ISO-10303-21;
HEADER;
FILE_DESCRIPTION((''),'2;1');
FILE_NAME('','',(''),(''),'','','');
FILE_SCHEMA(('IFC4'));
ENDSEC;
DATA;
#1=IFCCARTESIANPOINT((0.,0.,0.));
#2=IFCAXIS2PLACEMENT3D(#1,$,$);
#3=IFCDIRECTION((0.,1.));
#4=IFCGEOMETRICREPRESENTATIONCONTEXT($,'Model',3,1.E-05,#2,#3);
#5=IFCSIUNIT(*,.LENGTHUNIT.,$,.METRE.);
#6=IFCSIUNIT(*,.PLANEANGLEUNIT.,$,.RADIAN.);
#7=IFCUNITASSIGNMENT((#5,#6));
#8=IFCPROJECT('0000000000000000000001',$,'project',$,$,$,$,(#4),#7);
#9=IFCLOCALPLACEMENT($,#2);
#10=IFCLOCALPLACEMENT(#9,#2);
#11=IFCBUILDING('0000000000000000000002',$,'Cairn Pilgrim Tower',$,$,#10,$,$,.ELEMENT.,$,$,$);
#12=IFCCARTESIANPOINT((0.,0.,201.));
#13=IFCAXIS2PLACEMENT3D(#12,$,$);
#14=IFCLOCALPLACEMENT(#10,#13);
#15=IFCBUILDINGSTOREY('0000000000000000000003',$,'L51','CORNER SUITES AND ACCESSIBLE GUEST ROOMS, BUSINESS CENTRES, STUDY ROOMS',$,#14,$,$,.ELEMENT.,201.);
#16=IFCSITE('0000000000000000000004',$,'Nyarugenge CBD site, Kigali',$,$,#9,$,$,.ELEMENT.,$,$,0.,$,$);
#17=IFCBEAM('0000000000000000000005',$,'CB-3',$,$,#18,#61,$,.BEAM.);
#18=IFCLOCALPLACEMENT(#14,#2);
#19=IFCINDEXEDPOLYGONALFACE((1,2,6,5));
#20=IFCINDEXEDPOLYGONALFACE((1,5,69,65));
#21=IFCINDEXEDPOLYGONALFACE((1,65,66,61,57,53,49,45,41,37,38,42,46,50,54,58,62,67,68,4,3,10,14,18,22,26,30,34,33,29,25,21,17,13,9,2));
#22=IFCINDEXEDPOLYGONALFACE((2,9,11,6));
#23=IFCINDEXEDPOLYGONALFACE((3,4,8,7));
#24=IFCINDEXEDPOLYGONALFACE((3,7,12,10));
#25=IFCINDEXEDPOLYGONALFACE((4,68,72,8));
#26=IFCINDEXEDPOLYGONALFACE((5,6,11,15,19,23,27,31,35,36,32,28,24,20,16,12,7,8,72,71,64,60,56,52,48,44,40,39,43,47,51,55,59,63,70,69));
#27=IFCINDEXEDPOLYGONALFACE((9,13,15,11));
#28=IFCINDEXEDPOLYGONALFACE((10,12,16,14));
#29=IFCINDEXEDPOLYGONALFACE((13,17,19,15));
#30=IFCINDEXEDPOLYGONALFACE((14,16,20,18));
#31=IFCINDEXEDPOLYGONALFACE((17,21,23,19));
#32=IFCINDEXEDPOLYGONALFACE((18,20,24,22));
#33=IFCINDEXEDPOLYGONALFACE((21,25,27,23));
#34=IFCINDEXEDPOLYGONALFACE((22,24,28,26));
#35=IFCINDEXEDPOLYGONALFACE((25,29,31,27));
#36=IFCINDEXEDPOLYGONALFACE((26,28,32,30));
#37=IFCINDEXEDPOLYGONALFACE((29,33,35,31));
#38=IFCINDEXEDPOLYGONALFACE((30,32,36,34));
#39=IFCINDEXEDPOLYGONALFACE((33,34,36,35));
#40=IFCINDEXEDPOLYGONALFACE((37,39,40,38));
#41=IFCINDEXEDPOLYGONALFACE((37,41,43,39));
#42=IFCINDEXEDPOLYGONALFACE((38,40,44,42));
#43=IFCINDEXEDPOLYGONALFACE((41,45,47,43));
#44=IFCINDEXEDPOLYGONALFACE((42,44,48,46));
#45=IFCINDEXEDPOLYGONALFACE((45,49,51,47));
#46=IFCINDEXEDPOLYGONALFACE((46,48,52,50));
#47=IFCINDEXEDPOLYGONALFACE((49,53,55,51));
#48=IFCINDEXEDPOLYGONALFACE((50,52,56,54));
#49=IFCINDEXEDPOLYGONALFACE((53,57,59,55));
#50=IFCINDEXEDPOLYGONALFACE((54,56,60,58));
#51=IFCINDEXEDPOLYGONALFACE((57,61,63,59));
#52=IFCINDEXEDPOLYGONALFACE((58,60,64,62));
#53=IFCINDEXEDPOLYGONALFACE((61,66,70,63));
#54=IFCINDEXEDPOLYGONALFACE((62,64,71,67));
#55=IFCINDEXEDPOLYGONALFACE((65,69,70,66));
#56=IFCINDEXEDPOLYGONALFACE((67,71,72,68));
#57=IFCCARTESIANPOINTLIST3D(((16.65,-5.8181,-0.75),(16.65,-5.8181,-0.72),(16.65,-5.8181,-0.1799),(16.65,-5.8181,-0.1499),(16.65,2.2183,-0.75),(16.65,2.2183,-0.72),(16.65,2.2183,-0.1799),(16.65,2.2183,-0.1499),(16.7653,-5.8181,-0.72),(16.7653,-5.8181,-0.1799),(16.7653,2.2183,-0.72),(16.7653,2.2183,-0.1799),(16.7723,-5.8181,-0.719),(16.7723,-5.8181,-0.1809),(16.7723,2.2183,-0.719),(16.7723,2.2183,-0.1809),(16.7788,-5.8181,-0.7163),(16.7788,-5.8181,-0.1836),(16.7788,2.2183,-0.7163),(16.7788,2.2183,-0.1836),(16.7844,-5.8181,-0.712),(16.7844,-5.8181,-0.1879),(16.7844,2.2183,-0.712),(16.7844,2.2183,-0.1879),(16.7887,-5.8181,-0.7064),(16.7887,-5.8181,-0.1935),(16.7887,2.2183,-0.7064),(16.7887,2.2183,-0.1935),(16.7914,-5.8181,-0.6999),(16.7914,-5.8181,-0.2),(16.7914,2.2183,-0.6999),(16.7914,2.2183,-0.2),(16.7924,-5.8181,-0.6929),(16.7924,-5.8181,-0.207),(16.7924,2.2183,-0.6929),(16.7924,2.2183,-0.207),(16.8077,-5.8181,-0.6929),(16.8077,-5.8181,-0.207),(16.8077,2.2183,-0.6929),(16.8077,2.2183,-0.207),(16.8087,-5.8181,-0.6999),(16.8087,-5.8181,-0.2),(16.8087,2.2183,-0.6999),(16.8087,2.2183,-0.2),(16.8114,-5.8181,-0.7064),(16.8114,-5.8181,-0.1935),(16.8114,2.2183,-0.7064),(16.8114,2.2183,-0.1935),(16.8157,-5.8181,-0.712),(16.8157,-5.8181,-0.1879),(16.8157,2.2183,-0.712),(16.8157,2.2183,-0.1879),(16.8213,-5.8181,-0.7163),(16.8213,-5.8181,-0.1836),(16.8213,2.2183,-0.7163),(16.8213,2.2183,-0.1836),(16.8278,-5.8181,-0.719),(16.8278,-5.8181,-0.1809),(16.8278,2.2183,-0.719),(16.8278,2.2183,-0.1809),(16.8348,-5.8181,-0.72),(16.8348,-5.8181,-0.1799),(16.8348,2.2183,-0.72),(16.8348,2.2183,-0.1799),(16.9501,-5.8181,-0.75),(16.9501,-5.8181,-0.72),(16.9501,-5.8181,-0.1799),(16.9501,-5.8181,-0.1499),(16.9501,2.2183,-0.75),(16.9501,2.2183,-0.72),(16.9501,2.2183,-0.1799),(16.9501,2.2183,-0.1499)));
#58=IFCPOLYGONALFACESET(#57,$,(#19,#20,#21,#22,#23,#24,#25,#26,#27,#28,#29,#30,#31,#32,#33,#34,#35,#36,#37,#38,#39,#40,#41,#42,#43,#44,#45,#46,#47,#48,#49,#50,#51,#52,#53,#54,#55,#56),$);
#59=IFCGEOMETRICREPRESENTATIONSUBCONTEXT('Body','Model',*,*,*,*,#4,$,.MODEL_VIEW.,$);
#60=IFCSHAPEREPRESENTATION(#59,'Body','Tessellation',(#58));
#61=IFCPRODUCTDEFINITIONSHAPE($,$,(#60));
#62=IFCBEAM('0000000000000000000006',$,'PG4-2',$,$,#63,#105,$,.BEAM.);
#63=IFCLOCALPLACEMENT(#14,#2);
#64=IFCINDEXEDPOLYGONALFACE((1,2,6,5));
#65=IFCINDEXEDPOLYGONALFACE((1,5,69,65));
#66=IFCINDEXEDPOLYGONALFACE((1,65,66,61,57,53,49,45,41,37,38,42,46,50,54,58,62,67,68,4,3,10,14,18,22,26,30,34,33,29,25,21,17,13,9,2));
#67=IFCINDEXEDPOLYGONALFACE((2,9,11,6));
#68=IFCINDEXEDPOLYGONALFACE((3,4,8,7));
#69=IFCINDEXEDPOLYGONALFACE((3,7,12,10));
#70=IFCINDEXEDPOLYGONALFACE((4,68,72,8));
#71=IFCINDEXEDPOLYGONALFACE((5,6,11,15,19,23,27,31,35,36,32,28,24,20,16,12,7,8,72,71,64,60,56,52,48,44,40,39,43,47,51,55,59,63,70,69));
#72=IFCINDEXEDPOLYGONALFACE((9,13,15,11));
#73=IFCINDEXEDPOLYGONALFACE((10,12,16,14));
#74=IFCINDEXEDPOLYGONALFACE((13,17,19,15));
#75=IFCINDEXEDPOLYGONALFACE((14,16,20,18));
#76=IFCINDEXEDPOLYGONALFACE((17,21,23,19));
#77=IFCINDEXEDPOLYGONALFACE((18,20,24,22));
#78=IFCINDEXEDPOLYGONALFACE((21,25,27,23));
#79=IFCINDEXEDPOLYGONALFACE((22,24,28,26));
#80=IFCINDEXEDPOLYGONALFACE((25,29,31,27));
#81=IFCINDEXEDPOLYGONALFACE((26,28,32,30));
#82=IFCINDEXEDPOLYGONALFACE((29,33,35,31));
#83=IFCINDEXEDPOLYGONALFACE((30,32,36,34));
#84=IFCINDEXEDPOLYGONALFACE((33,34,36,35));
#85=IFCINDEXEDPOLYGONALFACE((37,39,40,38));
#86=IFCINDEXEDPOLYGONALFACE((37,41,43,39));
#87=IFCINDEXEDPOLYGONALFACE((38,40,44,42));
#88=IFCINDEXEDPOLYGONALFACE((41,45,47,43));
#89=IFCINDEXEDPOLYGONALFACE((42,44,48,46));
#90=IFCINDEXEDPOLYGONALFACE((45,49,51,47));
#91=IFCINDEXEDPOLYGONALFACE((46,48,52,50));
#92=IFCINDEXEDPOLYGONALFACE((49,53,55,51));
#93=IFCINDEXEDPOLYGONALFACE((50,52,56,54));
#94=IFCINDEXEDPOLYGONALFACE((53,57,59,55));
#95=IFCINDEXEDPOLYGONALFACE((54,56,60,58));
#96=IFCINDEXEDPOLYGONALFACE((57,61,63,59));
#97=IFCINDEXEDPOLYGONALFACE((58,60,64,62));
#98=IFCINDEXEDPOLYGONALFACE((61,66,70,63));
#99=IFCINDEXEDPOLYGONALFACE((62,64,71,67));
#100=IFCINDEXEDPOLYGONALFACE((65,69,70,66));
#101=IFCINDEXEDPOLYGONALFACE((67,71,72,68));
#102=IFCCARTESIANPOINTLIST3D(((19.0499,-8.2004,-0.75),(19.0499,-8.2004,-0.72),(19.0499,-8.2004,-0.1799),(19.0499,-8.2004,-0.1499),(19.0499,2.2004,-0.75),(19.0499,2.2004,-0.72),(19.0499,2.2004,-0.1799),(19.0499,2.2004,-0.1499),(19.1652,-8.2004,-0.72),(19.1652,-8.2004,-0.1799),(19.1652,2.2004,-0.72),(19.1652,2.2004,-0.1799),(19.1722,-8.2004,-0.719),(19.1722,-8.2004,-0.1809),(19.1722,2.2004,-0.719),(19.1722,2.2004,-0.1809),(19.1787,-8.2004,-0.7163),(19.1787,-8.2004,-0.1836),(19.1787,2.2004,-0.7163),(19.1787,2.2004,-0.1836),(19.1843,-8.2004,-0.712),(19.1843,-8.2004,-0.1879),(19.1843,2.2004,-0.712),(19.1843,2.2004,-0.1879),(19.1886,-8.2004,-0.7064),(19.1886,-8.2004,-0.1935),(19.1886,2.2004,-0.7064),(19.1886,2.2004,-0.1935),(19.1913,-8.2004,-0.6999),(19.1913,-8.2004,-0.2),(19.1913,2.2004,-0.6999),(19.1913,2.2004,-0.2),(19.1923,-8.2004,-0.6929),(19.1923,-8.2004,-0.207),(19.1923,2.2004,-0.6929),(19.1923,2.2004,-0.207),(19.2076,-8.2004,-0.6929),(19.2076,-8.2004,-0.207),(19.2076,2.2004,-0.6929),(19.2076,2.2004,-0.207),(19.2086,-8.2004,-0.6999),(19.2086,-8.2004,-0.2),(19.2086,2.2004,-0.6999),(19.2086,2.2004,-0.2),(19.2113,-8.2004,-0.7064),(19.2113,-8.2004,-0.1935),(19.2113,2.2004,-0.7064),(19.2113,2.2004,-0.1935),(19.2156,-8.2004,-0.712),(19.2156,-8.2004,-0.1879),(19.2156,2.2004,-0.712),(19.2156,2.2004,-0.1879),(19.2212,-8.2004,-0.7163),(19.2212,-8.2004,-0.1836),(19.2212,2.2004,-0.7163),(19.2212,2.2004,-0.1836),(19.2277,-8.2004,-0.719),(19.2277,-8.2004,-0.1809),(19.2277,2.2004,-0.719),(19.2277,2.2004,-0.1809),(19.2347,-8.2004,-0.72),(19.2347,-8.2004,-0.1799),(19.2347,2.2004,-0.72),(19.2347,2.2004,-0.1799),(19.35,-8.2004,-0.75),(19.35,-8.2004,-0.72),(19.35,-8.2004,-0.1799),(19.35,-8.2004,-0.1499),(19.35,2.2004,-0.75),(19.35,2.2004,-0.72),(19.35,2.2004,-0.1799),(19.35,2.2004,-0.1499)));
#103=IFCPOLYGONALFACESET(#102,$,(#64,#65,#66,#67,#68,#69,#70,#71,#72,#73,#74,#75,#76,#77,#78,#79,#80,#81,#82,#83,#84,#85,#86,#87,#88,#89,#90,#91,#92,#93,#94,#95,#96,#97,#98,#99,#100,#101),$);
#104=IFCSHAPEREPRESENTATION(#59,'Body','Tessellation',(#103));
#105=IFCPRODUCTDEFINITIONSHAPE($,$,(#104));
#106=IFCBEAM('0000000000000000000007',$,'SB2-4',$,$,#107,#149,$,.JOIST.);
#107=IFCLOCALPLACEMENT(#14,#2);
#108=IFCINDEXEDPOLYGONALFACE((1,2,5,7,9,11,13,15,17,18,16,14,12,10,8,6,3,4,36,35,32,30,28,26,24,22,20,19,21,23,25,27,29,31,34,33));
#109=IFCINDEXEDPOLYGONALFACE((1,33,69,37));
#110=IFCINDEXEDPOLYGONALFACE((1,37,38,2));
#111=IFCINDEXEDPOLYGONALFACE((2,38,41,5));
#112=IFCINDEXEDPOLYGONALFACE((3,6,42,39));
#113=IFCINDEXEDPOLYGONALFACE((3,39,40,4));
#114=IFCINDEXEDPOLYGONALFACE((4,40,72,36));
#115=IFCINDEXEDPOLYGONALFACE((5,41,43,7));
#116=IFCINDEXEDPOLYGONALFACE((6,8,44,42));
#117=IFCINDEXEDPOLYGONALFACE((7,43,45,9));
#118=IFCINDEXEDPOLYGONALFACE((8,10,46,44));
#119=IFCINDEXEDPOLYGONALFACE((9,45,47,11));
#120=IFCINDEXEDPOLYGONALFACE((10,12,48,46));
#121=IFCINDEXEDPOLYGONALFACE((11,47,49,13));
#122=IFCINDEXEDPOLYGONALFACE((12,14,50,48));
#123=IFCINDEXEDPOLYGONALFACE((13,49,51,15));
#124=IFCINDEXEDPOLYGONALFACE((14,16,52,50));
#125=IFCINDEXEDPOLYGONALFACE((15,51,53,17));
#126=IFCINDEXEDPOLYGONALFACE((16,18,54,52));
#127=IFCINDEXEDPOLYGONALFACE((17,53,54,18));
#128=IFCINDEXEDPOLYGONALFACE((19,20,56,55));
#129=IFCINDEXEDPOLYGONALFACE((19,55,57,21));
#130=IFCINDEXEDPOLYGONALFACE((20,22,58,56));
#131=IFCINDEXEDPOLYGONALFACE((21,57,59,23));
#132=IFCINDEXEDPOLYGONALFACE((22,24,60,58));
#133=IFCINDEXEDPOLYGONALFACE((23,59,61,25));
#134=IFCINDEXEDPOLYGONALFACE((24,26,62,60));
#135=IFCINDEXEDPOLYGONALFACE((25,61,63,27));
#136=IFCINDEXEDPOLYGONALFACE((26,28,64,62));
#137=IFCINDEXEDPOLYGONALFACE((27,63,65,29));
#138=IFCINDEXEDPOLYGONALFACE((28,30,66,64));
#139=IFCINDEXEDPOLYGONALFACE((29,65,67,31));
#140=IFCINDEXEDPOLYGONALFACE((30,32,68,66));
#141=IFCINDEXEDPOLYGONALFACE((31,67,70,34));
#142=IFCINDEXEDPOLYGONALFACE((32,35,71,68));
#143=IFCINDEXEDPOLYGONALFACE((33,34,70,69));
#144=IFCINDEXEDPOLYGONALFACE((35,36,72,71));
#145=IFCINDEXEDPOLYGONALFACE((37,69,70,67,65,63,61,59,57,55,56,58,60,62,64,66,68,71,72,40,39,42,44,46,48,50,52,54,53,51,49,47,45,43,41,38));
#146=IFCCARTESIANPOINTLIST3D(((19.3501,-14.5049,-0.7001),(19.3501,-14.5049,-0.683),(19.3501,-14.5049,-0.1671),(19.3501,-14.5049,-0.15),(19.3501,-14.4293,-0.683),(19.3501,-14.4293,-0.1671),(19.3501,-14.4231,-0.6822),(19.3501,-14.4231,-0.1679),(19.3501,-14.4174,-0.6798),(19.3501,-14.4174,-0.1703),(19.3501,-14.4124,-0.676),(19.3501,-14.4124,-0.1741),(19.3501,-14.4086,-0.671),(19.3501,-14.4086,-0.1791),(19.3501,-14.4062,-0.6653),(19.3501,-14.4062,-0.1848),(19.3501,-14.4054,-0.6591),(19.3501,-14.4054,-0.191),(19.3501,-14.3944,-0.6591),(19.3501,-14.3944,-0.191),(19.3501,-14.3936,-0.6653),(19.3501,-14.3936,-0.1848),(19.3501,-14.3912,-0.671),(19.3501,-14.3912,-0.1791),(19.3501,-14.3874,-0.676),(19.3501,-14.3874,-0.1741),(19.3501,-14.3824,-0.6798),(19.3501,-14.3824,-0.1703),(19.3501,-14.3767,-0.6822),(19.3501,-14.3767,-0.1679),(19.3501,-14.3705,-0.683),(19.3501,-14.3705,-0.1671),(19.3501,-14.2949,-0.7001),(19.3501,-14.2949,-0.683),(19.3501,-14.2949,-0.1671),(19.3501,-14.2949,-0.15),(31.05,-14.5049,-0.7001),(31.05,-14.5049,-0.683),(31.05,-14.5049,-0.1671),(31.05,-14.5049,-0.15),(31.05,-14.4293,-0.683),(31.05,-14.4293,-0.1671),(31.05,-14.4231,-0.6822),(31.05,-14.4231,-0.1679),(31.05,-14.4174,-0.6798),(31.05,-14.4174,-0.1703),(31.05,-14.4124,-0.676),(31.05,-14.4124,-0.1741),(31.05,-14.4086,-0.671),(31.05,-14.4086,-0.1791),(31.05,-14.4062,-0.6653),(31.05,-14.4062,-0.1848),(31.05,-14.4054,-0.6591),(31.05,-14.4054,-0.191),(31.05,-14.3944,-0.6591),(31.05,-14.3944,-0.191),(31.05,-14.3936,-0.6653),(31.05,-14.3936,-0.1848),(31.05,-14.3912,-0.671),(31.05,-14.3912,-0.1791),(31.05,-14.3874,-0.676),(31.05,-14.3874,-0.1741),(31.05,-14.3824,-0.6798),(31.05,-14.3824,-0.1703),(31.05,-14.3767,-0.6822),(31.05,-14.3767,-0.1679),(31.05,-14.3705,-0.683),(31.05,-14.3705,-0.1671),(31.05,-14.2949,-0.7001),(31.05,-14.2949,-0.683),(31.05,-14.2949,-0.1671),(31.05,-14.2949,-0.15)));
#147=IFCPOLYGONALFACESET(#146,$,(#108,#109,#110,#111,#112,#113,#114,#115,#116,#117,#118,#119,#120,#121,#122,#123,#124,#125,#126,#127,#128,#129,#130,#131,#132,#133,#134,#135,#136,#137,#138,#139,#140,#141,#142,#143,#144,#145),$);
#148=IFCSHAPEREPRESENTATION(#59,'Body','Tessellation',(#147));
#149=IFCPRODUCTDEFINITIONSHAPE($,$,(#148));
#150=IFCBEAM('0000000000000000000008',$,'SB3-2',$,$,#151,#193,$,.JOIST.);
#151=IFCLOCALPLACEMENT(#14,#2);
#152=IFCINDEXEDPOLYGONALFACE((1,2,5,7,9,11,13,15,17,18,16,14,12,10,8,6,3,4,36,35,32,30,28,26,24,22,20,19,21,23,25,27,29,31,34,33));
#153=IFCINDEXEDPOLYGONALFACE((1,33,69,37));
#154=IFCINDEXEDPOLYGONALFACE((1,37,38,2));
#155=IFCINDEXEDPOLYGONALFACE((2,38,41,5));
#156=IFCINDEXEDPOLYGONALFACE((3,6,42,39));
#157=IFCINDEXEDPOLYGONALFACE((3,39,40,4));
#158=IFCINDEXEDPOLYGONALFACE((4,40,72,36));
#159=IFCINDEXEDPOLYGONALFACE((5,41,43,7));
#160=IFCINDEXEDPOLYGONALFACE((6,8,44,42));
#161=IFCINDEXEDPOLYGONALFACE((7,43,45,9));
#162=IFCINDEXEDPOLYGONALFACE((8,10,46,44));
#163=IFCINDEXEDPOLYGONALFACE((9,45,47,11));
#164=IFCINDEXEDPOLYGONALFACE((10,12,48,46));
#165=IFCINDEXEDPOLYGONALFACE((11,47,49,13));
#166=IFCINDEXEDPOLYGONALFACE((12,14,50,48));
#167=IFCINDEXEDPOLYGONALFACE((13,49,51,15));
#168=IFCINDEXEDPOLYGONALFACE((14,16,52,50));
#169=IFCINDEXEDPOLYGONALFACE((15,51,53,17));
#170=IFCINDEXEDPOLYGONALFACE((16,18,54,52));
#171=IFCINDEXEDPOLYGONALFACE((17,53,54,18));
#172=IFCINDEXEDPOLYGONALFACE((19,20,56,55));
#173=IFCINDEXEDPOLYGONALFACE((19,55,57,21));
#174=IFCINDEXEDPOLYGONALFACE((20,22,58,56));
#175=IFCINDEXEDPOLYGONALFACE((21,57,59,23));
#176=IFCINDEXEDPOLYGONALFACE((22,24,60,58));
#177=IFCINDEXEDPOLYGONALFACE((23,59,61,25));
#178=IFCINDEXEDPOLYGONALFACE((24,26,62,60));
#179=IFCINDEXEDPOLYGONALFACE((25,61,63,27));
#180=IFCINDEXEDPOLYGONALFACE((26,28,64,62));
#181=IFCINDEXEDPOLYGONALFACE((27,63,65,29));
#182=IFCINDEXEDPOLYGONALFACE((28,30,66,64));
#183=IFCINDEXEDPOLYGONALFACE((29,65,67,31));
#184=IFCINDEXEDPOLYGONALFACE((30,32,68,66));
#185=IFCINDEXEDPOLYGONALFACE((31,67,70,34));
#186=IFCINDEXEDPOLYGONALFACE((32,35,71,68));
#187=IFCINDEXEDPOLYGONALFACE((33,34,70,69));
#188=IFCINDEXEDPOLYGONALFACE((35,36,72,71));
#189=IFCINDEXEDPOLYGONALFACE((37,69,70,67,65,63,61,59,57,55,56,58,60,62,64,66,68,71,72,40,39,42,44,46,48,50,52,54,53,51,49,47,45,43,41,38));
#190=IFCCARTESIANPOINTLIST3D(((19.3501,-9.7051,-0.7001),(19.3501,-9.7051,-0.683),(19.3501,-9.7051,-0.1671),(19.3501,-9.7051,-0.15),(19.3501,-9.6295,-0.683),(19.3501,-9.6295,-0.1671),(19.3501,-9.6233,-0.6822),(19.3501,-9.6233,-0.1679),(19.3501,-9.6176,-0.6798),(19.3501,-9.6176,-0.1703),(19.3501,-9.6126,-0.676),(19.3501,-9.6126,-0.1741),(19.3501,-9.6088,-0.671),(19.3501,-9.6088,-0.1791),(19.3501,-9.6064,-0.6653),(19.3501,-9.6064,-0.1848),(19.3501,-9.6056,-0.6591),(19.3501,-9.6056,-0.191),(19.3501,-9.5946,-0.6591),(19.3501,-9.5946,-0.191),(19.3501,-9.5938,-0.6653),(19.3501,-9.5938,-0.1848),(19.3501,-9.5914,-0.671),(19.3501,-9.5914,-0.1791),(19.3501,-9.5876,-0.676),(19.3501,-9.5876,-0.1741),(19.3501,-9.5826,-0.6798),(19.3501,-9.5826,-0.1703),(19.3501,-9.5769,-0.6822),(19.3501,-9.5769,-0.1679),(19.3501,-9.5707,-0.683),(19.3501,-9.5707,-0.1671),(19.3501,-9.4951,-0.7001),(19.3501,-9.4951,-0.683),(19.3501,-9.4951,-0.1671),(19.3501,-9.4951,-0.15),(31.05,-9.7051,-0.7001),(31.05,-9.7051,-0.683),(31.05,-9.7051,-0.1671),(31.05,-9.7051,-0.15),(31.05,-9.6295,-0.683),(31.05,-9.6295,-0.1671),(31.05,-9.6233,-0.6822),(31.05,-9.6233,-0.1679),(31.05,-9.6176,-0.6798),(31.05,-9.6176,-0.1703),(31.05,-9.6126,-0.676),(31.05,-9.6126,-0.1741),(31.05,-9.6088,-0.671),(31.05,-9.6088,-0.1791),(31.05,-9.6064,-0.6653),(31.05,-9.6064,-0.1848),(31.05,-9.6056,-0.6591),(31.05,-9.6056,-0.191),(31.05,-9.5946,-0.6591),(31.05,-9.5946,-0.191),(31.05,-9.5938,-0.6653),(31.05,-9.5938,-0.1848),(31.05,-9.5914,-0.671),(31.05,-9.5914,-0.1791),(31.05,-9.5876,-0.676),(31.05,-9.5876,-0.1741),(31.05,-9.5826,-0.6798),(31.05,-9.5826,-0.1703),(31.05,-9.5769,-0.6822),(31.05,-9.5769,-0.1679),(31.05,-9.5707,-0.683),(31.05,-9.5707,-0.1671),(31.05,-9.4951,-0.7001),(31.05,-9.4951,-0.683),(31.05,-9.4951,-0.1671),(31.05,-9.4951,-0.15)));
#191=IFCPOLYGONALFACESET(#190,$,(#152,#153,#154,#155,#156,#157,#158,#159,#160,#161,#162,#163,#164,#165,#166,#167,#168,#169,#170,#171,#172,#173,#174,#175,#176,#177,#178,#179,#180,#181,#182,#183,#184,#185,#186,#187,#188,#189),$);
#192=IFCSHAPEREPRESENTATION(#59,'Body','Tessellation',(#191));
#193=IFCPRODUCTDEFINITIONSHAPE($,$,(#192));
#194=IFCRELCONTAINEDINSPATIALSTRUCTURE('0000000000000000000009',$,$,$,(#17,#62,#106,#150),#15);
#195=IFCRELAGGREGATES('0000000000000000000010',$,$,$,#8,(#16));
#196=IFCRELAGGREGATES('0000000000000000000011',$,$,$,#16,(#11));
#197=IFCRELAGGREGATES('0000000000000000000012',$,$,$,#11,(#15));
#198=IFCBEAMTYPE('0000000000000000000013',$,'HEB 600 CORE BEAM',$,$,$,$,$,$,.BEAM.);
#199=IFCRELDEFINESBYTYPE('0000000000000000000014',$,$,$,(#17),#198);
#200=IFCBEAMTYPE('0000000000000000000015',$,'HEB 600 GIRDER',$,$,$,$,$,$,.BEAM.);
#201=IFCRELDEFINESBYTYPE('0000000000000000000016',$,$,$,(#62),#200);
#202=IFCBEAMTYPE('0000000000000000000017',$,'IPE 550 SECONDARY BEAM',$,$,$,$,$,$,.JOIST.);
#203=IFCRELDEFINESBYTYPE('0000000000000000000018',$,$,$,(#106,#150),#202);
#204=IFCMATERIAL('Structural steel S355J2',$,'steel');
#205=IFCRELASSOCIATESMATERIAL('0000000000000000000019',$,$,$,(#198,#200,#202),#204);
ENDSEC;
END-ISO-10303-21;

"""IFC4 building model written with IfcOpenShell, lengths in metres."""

from ifc_helpers import new_model, si_unit, direction, frame, origin, origin_2d, place, context, subcontext, project, spatial, i_section, extrude, material, material_profile, profile_set, type_object, element, save


model = new_model("IFC4")

# Units and contexts
model_context = context("Model", 3, precision=1e-05, world=origin(), true_north=direction((0.0, 1.0)))
body_context = subcontext(model_context, "Body", "Model", "MODEL_VIEW")
ifc_project = project(units=[si_unit("LENGTHUNIT", "METRE"), si_unit("PLANEANGLEUNIT", "RADIAN")], contexts=[model_context])

# Site, building, storey
site_placement = place(None, origin())
site = spatial("IfcSite", under=ifc_project, at=site_placement, Name="Nyarugenge CBD site, Kigali", CompositionType="ELEMENT", RefElevation=0.0)
building_placement = place(site_placement, origin())
building = spatial("IfcBuilding", under=site, at=building_placement, Name="Cairn Pilgrim Tower", CompositionType="ELEMENT")
storey_placement = place(building_placement, frame((0.0, 0.0, 201.0)))
storey = spatial("IfcBuildingStorey", under=building, at=storey_placement, Name="L51", Description="CORNER SUITES AND ACCESSIBLE GUEST ROOMS, BUSINESS CENTRES, STUDY ROOMS", CompositionType="ELEMENT", Elevation=201.0)

# Shared definitions
ifc_material_1 = material(Name="Structural steel S355J2", Category="steel")

# Beams
ifc_material_profile_1 = material_profile(ifc_material_1, i_section(OverallWidth=0.3, OverallDepth=0.6001, WebThickness=0.0154, FlangeThickness=0.03, FilletRadius=0.0271, at=origin_2d()), Name="HEB 600")
ifc_profile_set_1 = profile_set([ifc_material_profile_1], Name="Structural steel S355J2")
beam_type_1 = type_object("IfcBeamType", Name="HEB 600 CORE BEAM", PredefinedType="BEAM", material=ifc_profile_set_1)
beam_1_placement = place(storey_placement, frame((16.8, -5.8181, -0.45), z_axis=(0.0, 1.0, 0.0), x_axis=(-1.0, 0.0, 0.0)))
element("IfcBeam", 1, at=beam_1_placement, inside=storey, type_object=beam_type_1, Name="CB-3", PredefinedType="BEAM", context=body_context, shape_type="SweptSolid", body=[
    extrude(i_section(OverallWidth=0.3, OverallDepth=0.6001, WebThickness=0.0154, FlangeThickness=0.03, FilletRadius=0.0271, at=origin_2d()), origin(), (0.0, 0.0, 1.0), 8.0364),
])
ifc_material_profile_2 = material_profile(ifc_material_1, i_section(OverallWidth=0.3, OverallDepth=0.6001, WebThickness=0.0154, FlangeThickness=0.03, FilletRadius=0.0271, at=origin_2d()), Name="HEB 600")
ifc_profile_set_2 = profile_set([ifc_material_profile_2], Name="Structural steel S355J2")
beam_type_2 = type_object("IfcBeamType", Name="HEB 600 GIRDER", PredefinedType="BEAM", material=ifc_profile_set_2)
beam_2_placement = place(storey_placement, frame((19.2, -8.2004, -0.45), z_axis=(0.0, 1.0, 0.0), x_axis=(-1.0, 0.0, 0.0)))
element("IfcBeam", 2, at=beam_2_placement, inside=storey, type_object=beam_type_2, Name="PG4-2", PredefinedType="BEAM", context=body_context, shape_type="SweptSolid", body=[
    extrude(i_section(OverallWidth=0.3, OverallDepth=0.6001, WebThickness=0.0154, FlangeThickness=0.03, FilletRadius=0.0271, at=origin_2d()), origin(), (0.0, 0.0, 1.0), 10.4009),
])
ifc_material_profile_3 = material_profile(ifc_material_1, i_section(OverallWidth=0.21, OverallDepth=0.55, WebThickness=0.011, FlangeThickness=0.0171, FilletRadius=0.0239, at=origin_2d()), Name="IPE 550")
ifc_profile_set_3 = profile_set([ifc_material_profile_3], Name="Structural steel S355J2")
beam_type_3 = type_object("IfcBeamType", Name="IPE 550 SECONDARY BEAM", PredefinedType="JOIST", material=ifc_profile_set_3)
for number, where, z_axis, x_axis, name in (
    (3, (19.3501, -14.3999, -0.425), (1.0, 0.0, 0.0), (0.0, 1.0, 0.0), "SB2-4"),
    (4, (19.3501, -9.6001, -0.425), (1.0, 0.0, 0.0), (0.0, 1.0, 0.0), "SB3-2"),
):
    element("IfcBeam", number, at=place(storey_placement, frame(where, z_axis=z_axis, x_axis=x_axis)), inside=storey, type_object=beam_type_3, Name=name, PredefinedType="JOIST", context=body_context, shape_type="SweptSolid", body=[
        extrude(i_section(OverallWidth=0.21, OverallDepth=0.55, WebThickness=0.011, FlangeThickness=0.0171, FilletRadius=0.0239, at=origin_2d()), origin(), (0.0, 0.0, 1.0), 11.7),
    ])

save(model, "model.ifc")
